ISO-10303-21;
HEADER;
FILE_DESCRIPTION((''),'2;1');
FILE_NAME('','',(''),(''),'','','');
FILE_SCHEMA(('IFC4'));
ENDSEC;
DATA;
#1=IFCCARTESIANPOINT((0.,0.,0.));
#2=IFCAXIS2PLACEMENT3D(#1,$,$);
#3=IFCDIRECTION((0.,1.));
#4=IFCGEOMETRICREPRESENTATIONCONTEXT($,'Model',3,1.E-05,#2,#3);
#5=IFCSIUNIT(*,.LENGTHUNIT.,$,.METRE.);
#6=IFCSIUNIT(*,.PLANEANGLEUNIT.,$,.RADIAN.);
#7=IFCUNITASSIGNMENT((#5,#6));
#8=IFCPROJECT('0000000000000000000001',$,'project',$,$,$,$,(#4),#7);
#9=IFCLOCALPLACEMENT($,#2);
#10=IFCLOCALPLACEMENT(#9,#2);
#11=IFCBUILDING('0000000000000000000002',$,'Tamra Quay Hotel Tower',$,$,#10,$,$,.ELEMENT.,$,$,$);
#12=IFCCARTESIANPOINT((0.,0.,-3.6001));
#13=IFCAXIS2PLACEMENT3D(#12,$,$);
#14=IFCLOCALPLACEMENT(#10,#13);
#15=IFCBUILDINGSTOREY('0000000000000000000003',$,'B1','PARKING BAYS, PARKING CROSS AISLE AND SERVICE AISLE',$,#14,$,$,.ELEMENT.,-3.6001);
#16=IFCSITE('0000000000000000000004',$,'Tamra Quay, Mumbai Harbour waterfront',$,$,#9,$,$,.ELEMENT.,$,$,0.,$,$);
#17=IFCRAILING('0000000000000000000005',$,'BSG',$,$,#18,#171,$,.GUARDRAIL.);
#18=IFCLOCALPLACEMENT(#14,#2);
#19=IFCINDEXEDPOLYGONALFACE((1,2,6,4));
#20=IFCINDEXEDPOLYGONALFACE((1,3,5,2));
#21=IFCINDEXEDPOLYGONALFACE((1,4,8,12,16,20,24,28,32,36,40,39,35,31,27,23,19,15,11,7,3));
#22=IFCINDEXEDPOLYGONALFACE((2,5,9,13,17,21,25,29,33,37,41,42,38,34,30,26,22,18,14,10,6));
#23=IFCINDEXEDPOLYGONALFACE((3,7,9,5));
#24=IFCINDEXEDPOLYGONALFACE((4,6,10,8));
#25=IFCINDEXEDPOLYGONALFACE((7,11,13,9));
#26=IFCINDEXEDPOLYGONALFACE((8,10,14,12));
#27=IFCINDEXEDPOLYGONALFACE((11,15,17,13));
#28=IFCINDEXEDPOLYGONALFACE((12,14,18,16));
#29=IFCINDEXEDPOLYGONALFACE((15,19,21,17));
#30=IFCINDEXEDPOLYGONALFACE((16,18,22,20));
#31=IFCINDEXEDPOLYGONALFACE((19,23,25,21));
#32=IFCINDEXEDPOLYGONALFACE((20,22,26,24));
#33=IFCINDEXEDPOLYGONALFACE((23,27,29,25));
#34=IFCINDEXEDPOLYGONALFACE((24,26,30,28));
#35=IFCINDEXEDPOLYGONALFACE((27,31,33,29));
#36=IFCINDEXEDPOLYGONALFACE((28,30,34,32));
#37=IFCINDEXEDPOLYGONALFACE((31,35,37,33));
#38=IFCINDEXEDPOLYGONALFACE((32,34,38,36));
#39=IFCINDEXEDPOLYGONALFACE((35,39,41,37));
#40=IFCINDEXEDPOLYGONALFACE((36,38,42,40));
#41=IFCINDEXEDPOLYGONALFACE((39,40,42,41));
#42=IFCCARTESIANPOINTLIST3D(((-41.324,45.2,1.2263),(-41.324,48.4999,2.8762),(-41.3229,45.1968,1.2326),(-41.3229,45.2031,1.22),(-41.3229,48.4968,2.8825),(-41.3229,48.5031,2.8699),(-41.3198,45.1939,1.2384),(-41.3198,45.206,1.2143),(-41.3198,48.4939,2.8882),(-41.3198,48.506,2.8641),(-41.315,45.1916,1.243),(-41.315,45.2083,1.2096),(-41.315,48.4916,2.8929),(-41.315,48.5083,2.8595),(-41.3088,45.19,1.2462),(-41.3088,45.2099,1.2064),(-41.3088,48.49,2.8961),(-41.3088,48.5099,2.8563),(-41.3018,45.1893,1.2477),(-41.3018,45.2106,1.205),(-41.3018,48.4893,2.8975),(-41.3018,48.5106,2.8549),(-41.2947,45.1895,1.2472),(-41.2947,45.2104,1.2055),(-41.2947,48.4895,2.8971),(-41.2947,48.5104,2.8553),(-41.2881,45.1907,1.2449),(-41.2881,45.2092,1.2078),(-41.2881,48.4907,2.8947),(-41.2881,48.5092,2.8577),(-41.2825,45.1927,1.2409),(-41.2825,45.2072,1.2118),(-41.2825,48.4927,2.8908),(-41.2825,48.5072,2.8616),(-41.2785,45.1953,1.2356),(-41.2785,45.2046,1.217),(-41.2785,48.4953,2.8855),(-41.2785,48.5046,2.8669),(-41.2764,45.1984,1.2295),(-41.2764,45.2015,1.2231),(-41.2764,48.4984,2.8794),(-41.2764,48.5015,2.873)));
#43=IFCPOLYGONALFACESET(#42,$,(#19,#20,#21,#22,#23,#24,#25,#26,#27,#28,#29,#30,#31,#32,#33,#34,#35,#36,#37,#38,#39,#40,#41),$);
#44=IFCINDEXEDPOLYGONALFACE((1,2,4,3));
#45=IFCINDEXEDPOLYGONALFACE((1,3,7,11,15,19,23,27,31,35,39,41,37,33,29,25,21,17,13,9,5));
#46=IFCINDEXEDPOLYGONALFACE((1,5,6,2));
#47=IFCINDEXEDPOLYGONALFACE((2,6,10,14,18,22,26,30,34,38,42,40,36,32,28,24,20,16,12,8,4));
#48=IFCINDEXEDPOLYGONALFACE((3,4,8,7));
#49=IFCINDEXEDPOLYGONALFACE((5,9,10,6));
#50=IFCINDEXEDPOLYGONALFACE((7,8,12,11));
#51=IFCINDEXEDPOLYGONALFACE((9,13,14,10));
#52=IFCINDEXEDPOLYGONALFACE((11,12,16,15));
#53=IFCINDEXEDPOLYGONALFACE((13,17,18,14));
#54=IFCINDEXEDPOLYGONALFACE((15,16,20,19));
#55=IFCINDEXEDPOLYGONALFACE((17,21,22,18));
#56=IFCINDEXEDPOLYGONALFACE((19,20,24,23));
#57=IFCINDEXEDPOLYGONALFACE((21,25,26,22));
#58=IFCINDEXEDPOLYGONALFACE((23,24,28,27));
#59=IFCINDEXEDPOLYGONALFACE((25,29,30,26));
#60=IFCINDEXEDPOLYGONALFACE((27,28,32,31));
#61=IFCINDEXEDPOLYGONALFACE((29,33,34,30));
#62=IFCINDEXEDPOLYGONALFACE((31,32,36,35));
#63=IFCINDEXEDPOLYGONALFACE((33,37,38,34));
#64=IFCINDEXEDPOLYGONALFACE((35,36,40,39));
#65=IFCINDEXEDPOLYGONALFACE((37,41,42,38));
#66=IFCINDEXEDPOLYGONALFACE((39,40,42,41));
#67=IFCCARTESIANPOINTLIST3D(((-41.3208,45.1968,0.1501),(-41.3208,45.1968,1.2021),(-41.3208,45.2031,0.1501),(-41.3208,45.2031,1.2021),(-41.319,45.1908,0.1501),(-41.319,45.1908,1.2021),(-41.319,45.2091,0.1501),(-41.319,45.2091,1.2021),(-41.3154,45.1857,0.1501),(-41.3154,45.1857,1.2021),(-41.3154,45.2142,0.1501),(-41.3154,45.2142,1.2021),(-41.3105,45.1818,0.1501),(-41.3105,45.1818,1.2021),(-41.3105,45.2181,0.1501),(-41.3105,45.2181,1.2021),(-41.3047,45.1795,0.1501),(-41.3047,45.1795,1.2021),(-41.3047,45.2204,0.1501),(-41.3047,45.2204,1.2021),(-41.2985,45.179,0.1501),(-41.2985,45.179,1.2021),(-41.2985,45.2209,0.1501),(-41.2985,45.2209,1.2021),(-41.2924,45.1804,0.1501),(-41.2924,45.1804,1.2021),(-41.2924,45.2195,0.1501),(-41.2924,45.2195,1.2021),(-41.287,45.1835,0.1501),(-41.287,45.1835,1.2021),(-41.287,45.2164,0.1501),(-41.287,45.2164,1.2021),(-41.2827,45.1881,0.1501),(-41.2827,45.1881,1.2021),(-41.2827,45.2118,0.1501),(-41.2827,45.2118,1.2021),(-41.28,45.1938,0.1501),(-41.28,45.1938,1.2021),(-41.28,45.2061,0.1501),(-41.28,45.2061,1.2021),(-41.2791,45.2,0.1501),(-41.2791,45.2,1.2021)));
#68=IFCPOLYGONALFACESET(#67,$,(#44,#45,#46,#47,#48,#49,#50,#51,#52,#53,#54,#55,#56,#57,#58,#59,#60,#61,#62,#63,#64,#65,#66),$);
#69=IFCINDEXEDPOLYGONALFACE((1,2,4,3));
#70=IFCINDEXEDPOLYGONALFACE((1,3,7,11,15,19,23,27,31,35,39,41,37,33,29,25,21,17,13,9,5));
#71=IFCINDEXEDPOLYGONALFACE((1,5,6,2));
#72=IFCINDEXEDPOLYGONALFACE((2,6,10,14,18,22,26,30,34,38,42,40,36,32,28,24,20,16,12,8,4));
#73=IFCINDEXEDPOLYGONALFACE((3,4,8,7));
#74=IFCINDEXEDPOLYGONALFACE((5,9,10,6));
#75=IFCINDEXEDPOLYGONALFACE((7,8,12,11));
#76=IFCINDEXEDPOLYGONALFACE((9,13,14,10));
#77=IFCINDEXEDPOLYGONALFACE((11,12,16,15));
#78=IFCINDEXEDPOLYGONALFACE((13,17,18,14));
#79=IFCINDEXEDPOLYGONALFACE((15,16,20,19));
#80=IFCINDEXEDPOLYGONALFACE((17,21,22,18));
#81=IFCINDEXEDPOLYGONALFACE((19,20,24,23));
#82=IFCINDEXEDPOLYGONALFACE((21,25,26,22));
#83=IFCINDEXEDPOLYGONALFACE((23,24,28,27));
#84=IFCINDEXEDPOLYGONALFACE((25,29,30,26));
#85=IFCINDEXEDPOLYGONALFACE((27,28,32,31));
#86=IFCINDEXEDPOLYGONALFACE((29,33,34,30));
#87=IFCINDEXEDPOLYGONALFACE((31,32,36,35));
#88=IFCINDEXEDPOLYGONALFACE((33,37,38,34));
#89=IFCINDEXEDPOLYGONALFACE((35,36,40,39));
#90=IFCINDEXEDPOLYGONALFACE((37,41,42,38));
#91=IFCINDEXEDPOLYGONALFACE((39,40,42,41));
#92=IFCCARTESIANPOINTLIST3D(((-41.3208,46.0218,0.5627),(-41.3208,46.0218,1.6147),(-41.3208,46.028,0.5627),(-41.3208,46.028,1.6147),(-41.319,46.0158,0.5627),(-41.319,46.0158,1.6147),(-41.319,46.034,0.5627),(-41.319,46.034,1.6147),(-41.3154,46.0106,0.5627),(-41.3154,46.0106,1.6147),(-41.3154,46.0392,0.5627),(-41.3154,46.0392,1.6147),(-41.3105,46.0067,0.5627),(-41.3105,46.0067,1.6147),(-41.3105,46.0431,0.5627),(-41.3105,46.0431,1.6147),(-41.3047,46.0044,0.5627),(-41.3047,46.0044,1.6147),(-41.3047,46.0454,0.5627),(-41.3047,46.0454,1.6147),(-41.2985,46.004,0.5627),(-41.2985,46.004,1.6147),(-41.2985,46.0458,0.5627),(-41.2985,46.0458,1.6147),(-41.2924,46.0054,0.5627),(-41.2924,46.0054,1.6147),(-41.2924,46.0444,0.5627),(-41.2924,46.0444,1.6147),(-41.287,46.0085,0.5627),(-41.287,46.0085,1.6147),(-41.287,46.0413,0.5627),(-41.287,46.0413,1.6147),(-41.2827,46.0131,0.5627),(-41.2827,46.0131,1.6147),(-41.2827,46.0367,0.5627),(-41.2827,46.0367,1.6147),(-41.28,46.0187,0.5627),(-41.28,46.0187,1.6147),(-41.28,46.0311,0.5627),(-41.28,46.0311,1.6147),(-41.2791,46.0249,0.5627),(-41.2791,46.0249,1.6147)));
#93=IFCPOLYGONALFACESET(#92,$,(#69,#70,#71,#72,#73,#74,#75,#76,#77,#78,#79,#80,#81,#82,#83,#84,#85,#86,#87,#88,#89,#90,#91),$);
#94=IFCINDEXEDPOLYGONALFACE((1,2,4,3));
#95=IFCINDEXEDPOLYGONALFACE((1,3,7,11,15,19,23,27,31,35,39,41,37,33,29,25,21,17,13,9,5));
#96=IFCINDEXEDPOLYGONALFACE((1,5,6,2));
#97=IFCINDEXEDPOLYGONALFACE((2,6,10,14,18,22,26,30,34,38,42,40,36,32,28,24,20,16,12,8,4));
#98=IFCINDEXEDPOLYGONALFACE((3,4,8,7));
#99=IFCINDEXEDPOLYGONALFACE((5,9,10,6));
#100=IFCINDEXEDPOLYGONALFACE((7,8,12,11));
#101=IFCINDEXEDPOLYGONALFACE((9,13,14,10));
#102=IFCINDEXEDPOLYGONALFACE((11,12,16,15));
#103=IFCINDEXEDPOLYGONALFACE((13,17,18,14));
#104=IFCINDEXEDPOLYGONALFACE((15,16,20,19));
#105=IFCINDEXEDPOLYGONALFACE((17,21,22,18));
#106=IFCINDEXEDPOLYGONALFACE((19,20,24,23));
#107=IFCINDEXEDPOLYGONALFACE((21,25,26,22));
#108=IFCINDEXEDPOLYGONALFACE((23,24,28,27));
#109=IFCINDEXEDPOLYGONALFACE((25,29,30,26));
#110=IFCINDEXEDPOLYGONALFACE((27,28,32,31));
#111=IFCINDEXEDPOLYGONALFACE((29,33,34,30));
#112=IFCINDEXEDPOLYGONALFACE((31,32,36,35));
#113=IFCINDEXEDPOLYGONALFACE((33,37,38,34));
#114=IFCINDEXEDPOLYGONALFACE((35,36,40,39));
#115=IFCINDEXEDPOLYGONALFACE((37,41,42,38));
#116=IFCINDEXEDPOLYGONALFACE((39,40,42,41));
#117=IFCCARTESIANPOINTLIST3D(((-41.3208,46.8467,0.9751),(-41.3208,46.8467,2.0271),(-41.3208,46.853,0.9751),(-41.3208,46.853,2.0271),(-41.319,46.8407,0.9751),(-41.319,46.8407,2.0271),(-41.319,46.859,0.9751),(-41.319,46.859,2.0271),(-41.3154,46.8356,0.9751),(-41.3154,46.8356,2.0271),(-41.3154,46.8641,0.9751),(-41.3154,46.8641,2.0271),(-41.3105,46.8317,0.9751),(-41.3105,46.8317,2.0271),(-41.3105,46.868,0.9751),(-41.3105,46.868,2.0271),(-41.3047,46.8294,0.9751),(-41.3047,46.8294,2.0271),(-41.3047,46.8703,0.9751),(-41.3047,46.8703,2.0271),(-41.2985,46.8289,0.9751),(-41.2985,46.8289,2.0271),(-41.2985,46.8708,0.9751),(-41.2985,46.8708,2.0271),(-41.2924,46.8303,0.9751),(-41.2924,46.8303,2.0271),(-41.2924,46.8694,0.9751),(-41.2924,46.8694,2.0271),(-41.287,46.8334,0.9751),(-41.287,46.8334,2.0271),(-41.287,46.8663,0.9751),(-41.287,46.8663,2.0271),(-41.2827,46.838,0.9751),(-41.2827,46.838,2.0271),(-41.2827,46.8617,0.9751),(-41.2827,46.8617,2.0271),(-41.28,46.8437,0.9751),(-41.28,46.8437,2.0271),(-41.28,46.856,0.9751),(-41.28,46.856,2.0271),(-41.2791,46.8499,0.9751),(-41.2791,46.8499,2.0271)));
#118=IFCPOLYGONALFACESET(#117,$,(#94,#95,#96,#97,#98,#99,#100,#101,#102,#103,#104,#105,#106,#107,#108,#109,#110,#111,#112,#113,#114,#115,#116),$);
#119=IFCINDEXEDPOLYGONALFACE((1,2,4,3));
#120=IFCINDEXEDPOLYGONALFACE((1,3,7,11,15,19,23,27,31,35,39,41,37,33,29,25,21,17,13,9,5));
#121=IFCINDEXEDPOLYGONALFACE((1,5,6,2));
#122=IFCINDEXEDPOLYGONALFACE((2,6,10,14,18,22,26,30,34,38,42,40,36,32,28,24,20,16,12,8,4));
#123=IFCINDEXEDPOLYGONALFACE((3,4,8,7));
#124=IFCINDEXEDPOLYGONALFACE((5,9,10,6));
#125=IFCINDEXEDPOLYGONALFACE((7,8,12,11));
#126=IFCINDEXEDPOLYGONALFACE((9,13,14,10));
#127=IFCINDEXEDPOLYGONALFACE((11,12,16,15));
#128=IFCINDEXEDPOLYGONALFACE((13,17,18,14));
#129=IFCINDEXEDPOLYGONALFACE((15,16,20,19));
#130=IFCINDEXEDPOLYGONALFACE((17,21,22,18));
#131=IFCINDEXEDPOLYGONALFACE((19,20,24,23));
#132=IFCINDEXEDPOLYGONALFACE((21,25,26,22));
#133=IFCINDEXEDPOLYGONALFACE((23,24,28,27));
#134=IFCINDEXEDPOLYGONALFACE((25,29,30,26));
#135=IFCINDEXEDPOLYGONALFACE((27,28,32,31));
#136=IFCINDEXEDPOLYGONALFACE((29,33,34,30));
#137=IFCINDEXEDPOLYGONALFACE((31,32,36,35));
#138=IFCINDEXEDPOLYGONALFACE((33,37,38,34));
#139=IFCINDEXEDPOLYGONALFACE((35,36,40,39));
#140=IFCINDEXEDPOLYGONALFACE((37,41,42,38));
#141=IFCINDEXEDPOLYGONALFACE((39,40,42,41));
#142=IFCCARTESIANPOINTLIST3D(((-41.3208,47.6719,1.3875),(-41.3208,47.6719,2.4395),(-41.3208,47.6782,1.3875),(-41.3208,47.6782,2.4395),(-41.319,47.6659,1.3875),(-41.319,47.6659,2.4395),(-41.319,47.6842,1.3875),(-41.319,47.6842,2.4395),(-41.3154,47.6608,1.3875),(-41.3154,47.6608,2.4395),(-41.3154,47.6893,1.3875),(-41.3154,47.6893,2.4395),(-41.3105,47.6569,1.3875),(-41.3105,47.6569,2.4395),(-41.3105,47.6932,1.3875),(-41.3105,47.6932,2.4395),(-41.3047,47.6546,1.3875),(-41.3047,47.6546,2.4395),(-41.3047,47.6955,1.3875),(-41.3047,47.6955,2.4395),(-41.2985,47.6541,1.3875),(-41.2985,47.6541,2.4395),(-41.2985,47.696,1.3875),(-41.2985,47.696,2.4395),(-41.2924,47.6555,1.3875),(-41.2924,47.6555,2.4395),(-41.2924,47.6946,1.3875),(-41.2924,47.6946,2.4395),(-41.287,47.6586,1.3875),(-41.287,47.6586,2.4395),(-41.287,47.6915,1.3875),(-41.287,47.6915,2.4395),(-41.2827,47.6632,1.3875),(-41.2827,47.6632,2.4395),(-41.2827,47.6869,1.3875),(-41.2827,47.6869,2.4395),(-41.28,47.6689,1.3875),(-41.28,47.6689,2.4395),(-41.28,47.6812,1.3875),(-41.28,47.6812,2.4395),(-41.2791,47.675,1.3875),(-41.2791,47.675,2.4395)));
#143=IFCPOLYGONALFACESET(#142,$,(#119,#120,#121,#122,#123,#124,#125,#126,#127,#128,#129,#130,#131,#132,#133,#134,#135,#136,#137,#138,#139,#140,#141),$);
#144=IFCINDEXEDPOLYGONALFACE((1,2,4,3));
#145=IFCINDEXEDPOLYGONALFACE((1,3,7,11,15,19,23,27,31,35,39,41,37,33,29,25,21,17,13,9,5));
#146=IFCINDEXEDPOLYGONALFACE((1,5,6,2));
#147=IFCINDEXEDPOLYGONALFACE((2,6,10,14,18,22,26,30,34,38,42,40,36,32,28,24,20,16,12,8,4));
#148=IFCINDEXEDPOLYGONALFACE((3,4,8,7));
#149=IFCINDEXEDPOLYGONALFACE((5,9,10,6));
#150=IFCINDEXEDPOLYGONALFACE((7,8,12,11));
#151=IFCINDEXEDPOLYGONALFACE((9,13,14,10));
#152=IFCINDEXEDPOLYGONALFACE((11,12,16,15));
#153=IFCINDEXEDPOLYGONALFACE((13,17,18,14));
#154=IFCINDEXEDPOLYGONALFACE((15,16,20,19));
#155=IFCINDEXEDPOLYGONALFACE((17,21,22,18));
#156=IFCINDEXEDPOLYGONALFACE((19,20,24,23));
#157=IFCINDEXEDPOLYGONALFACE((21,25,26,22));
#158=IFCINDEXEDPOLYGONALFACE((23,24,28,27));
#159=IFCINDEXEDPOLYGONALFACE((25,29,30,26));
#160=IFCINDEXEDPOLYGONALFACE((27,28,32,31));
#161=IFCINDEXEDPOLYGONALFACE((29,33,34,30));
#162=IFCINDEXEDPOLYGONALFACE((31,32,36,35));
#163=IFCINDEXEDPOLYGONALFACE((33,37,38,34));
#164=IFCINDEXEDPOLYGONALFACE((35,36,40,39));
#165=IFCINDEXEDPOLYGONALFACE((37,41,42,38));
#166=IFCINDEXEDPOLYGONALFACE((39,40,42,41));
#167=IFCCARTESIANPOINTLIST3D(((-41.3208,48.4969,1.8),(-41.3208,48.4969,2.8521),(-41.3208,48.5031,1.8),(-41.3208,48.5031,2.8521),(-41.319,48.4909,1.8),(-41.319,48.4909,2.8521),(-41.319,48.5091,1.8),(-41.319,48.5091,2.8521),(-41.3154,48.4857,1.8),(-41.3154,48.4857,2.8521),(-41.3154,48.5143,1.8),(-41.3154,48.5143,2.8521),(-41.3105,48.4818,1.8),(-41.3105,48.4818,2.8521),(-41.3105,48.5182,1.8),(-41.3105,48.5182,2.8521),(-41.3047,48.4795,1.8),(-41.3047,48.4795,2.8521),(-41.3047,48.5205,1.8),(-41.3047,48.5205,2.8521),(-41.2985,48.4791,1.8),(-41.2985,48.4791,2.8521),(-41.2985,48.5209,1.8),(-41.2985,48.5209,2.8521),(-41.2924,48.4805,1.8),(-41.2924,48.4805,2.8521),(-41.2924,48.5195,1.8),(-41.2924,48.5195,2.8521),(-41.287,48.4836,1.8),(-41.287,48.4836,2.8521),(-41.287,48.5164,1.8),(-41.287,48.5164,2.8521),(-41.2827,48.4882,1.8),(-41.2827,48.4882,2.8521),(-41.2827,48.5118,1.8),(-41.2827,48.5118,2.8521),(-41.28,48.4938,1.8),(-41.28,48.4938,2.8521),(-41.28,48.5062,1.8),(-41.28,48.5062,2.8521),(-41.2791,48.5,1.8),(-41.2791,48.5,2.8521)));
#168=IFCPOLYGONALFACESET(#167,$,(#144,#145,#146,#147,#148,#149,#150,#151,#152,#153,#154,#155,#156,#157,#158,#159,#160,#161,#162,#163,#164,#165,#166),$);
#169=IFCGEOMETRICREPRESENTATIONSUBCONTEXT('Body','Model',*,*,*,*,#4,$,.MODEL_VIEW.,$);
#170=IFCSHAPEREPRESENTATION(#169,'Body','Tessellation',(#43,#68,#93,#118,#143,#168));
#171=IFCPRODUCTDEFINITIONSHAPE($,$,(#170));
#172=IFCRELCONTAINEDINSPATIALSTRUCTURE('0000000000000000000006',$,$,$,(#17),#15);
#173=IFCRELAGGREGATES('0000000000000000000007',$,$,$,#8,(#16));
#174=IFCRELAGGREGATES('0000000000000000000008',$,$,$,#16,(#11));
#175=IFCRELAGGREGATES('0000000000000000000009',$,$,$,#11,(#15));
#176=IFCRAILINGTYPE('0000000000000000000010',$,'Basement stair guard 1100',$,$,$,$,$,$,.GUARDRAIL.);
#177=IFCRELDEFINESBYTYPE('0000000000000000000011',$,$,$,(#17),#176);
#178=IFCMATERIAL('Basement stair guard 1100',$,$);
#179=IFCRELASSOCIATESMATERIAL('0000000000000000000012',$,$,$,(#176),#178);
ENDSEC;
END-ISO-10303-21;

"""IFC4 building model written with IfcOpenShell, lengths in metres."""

from ifc_helpers import new_model, si_unit, direction, frame, origin, origin_2d, place, context, subcontext, project, spatial, circle, extrude, material, type_object, element, save


model = new_model("IFC4")

# Units and contexts
model_context = context("Model", 3, precision=1e-05, world=origin(), true_north=direction((0.0, 1.0)))
body_context = subcontext(model_context, "Body", "Model", "MODEL_VIEW")
ifc_project = project(units=[si_unit("LENGTHUNIT", "METRE"), si_unit("PLANEANGLEUNIT", "RADIAN")], contexts=[model_context])

# Site, building, storey
site_placement = place(None, origin())
site = spatial("IfcSite", under=ifc_project, at=site_placement, Name="Tamra Quay, Mumbai Harbour waterfront", CompositionType="ELEMENT", RefElevation=0.0)
building_placement = place(site_placement, origin())
building = spatial("IfcBuilding", under=site, at=building_placement, Name="Tamra Quay Hotel Tower", CompositionType="ELEMENT")
storey_placement = place(building_placement, frame((0.0, 0.0, -3.6001)))
storey = spatial("IfcBuildingStorey", under=building, at=storey_placement, Name="B1", Description="PARKING BAYS, PARKING CROSS AISLE AND SERVICE AISLE", CompositionType="ELEMENT", Elevation=-3.6001)

# Railing
ifc_material_1 = material(Name="Basement stair guard 1100")
railing_type_1 = type_object("IfcRailingType", Name="Basement stair guard 1100", PredefinedType="GUARDRAIL", material=ifc_material_1)
railing_1_placement = place(storey_placement, frame((-41.3, 45.2, 0.1501)))
element("IfcRailing", 1, at=railing_1_placement, inside=storey, type_object=railing_type_1, Name="BSG", PredefinedType="GUARDRAIL", context=body_context, shape_type="SweptSolid", body=[
    extrude(circle(Radius=0.0239, at=origin_2d()), frame((0.0, 0.0, 1.0762), z_axis=(0.0, 0.89444, 0.447187), x_axis=(-1.0, 0.0, 0.0)), (0.0, 0.0, 1.0), 3.6895),
    extrude(circle(Radius=0.021, at=origin_2d()), origin(), (0.0, 0.0, 1.0), 1.052),
    extrude(circle(Radius=0.021, at=origin_2d()), frame((0.0, 0.825, 0.4126)), (0.0, 0.0, 1.0), 1.052),
    extrude(circle(Radius=0.021, at=origin_2d()), frame((0.0, 1.6499, 0.825)), (0.0, 0.0, 1.0), 1.052),
    extrude(circle(Radius=0.021, at=origin_2d()), frame((0.0, 2.4751, 1.2373)), (0.0, 0.0, 1.0), 1.052),
    extrude(circle(Radius=0.021, at=origin_2d()), frame((0.0, 3.3, 1.6499)), (0.0, 0.0, 1.0), 1.052),
])

save(model, "model.ifc")
